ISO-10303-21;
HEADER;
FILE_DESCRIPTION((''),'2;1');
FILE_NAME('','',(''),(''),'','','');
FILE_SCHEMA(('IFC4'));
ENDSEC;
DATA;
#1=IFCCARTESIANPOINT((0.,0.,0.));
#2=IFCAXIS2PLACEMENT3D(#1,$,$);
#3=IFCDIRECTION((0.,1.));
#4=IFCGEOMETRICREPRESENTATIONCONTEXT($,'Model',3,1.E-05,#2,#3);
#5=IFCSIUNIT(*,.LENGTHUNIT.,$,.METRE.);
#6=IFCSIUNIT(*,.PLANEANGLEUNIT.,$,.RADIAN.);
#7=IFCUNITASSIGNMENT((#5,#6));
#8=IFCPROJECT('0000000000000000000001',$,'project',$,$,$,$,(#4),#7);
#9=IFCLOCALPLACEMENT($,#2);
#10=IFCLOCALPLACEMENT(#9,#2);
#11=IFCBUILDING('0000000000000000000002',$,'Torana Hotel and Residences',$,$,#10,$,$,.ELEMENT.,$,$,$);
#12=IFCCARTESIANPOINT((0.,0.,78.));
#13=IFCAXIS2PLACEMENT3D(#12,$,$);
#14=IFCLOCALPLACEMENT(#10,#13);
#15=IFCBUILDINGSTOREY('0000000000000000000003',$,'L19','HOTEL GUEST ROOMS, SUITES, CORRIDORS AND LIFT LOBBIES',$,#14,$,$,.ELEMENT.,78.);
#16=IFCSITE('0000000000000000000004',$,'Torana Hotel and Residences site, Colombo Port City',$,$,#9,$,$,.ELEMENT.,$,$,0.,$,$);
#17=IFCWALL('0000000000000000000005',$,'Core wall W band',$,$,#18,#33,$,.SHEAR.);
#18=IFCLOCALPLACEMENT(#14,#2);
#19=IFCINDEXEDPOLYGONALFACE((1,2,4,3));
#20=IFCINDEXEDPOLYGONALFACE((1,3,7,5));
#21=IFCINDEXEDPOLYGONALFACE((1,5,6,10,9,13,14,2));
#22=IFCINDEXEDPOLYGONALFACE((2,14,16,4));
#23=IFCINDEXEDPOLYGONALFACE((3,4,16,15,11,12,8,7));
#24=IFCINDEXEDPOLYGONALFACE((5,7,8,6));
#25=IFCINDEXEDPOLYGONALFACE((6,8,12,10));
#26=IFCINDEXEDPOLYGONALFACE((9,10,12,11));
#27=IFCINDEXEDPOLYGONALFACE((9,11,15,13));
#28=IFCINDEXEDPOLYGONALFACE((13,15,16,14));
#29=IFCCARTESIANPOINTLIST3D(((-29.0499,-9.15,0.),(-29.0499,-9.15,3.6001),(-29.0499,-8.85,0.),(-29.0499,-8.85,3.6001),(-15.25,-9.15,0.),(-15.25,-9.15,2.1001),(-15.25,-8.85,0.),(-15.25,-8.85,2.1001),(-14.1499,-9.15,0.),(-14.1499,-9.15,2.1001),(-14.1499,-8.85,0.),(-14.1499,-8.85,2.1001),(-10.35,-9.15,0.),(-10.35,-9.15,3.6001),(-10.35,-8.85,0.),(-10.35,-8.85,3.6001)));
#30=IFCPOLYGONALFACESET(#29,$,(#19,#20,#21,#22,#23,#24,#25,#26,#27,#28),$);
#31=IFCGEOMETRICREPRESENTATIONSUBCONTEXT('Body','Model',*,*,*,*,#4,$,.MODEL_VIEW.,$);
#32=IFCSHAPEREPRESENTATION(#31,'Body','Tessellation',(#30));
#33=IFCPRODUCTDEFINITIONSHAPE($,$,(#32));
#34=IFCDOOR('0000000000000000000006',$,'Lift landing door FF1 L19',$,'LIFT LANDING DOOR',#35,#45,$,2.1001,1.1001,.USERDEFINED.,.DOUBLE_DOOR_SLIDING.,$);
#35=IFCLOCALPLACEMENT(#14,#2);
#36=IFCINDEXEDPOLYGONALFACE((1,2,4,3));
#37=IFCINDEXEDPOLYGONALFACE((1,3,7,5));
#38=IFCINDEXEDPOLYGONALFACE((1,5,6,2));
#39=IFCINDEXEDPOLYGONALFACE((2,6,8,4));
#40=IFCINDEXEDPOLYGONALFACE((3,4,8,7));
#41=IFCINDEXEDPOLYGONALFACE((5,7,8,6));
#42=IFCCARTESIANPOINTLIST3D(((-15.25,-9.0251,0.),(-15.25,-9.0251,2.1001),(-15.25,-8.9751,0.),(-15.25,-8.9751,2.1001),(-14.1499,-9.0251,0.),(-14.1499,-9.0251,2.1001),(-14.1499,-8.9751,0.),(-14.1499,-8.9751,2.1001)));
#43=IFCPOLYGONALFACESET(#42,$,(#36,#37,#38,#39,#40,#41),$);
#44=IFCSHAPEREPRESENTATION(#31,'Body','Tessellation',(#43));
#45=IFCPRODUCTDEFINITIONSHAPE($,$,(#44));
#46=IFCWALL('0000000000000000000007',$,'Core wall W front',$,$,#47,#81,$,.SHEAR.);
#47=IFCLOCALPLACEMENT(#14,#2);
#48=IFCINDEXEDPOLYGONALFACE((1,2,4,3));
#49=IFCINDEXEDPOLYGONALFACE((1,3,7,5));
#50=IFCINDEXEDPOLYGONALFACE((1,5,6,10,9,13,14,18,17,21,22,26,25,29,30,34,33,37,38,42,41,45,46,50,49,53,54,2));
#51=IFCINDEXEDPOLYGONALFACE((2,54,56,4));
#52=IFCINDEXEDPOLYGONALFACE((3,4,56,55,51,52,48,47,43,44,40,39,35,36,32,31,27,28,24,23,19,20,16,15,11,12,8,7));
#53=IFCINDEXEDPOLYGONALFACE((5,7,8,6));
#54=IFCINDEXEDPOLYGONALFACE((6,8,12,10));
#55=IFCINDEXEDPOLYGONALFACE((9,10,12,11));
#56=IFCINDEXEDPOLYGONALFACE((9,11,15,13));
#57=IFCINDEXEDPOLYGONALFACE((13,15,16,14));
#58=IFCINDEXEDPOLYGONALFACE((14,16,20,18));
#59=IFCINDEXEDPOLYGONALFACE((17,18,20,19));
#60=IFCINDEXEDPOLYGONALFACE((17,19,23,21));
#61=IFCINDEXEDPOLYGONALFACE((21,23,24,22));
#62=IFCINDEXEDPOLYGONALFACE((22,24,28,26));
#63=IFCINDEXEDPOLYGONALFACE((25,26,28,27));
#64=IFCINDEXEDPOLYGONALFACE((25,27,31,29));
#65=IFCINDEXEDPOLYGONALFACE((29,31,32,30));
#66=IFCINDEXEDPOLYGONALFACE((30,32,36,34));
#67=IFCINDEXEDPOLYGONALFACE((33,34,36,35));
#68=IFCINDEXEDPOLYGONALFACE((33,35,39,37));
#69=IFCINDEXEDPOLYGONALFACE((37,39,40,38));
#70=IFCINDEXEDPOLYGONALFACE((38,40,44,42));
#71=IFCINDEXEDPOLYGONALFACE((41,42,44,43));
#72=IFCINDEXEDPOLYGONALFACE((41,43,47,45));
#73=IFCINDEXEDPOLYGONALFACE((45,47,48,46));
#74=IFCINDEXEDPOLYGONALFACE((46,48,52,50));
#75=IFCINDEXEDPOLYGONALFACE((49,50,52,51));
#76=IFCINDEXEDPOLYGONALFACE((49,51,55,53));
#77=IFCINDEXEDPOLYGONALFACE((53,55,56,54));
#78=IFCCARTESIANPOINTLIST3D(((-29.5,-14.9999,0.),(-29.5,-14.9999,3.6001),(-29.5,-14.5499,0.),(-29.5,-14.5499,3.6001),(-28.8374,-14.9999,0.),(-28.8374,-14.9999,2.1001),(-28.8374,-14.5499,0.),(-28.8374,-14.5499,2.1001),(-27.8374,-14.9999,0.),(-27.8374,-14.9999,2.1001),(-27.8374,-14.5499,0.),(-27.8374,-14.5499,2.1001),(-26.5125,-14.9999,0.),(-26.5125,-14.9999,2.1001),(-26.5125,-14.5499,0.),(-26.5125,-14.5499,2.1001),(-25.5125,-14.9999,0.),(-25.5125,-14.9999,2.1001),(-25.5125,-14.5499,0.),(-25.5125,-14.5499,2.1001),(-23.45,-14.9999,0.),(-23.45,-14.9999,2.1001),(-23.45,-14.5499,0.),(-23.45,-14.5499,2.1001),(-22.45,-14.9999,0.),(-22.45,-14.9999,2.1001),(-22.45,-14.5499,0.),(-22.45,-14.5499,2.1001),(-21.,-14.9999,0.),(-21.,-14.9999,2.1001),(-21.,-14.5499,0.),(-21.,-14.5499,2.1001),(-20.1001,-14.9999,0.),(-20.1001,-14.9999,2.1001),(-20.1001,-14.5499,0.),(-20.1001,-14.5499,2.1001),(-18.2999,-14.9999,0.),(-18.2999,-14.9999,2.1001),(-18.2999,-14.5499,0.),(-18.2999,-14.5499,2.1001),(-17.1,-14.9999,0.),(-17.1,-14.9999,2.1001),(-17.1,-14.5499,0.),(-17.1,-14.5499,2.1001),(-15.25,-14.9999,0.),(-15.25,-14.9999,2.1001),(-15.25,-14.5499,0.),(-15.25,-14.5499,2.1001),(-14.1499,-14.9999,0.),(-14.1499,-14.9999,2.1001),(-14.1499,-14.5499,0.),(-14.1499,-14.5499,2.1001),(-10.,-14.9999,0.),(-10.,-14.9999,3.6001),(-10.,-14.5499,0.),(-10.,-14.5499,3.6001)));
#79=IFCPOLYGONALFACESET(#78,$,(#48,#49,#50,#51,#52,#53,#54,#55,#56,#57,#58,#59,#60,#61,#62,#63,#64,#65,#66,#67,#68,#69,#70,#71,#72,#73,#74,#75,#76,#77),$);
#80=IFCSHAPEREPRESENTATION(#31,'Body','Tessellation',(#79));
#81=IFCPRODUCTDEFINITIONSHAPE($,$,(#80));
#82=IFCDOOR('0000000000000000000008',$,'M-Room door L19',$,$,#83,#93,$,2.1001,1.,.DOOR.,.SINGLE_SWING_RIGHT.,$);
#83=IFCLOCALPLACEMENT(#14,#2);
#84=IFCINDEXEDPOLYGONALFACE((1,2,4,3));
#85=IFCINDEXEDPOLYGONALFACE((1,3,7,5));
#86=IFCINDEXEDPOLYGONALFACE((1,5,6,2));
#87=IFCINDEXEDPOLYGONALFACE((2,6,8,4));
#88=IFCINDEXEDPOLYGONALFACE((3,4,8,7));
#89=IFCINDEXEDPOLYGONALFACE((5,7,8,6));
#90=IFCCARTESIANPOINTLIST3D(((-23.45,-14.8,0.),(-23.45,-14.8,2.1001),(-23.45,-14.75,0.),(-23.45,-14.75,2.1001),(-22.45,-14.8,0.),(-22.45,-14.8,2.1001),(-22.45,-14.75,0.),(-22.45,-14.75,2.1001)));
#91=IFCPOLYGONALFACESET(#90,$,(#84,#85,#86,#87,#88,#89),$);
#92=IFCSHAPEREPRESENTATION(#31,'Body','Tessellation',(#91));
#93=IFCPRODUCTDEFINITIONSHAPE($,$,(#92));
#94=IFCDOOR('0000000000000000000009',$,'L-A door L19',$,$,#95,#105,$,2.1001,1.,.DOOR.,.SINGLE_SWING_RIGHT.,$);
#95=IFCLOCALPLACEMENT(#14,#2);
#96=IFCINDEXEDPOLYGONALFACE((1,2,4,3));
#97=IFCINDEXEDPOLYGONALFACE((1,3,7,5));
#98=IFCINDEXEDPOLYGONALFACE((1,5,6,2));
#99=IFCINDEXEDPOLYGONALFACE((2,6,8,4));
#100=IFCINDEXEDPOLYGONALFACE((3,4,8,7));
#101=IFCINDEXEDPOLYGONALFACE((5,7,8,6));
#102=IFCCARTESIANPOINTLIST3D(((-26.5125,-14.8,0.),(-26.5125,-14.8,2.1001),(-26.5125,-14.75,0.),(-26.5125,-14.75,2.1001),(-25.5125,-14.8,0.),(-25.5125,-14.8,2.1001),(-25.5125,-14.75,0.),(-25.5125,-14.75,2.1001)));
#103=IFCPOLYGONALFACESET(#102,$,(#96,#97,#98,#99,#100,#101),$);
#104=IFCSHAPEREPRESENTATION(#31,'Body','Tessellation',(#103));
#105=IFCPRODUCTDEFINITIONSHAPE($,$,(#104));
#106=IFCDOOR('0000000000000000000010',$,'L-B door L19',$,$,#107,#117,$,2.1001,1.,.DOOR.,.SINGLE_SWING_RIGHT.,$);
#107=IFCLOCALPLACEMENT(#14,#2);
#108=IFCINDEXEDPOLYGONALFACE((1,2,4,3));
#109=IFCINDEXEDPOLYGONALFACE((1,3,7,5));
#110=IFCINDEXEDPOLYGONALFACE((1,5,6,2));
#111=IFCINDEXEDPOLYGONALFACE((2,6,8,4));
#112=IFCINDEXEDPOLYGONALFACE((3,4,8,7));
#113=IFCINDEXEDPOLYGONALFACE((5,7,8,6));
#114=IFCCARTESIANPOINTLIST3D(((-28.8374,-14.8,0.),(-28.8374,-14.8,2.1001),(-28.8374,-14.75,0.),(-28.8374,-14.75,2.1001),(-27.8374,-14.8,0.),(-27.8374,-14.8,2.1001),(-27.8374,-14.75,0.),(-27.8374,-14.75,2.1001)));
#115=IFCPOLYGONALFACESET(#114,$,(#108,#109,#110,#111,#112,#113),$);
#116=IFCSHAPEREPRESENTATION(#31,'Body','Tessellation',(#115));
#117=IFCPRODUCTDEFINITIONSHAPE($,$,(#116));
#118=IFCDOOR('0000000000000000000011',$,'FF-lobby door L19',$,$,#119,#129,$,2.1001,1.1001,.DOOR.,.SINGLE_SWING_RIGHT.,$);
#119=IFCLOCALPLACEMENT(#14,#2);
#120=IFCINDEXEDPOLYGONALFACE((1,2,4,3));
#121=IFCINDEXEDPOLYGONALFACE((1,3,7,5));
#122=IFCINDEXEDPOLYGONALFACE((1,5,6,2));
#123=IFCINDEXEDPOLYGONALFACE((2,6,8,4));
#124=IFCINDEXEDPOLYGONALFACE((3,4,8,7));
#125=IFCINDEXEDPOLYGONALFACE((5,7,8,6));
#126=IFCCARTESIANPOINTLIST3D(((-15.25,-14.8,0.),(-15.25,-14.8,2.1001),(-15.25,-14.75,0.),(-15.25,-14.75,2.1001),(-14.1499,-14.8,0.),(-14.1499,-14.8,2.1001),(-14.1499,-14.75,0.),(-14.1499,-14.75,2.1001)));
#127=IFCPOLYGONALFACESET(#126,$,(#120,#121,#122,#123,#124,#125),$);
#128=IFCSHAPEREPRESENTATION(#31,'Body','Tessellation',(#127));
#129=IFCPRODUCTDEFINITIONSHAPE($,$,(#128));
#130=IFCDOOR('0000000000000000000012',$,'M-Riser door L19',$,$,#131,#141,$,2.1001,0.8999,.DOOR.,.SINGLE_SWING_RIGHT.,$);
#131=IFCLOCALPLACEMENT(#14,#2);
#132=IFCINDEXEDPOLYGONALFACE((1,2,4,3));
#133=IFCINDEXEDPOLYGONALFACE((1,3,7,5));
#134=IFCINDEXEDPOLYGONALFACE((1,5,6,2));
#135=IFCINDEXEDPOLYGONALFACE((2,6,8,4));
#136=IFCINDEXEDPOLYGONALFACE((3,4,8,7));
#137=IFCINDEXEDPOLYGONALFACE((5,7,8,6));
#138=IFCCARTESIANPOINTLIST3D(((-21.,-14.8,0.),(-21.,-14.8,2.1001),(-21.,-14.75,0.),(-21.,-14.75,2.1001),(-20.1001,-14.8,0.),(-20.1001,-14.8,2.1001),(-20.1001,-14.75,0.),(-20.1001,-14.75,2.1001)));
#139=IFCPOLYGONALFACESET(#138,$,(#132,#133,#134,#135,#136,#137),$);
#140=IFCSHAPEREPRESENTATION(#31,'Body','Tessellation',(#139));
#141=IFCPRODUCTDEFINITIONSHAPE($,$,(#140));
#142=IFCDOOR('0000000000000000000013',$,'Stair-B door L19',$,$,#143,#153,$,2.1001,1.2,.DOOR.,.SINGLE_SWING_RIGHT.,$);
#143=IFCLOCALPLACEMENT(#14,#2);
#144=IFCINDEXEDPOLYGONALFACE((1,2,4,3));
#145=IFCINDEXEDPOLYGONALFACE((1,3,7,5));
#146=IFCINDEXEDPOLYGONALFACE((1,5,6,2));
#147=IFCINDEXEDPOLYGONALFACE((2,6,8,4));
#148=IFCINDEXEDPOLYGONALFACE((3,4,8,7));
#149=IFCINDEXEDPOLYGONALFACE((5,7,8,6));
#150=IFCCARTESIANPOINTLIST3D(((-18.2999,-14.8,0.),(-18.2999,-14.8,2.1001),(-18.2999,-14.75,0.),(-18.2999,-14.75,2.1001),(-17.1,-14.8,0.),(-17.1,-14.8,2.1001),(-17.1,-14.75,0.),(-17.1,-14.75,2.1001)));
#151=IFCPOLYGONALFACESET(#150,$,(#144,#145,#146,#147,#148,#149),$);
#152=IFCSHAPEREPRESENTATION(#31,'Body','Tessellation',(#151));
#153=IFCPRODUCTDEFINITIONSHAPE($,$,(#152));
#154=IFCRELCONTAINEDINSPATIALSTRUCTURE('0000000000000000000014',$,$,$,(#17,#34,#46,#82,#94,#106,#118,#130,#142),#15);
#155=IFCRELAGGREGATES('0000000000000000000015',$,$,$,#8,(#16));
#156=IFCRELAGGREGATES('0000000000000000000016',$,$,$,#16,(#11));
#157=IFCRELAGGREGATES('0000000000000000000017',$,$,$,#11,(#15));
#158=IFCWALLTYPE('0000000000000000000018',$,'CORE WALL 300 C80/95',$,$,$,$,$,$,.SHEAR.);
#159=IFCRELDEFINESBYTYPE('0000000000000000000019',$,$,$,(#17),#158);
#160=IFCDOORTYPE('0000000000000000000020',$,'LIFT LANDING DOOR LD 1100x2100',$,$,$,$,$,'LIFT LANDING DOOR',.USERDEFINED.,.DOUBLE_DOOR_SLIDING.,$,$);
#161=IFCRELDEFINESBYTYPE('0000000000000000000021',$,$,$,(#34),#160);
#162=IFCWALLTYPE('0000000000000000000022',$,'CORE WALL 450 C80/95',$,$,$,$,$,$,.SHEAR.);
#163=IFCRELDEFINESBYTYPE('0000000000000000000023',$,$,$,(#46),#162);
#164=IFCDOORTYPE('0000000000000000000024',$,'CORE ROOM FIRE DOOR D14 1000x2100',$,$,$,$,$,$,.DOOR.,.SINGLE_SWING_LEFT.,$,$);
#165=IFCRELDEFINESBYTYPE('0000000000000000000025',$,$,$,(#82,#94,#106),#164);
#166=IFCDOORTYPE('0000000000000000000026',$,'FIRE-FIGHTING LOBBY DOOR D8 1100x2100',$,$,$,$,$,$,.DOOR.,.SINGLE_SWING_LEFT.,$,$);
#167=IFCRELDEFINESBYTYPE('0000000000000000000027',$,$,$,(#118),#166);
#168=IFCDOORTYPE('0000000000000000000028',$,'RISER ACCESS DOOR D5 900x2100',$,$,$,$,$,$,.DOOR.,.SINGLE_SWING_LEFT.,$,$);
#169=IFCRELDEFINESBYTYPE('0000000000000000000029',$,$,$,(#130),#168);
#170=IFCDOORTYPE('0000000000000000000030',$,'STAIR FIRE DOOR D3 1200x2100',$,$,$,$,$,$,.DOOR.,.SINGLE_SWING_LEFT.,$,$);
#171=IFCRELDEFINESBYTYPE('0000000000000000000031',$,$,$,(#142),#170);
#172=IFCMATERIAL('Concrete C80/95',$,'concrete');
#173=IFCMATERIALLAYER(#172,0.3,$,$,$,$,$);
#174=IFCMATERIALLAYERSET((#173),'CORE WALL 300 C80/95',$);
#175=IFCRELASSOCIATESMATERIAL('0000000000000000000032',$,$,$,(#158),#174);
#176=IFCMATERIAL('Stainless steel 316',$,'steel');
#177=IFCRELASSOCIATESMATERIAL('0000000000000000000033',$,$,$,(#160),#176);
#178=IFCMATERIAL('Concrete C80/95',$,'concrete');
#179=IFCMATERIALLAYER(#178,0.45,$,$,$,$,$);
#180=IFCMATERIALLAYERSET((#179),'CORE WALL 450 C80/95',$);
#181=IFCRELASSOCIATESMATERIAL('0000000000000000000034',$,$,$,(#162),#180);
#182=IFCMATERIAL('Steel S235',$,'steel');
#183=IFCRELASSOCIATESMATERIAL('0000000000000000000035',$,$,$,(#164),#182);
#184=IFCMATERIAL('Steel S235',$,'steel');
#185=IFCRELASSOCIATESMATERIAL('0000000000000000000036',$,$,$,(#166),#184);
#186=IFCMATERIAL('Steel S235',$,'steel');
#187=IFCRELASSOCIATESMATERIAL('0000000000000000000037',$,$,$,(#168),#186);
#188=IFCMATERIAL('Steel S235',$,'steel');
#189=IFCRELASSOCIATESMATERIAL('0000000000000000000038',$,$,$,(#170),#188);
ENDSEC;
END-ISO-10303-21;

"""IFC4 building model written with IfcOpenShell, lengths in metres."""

from ifc_helpers import new_model, si_unit, direction, frame, frame_2d, origin, place, context, subcontext, project, spatial, rectangle, extrude, material, layer, layer_set, type_object, element, fill, save


model = new_model("IFC4")

# Units and contexts
model_context = context("Model", 3, precision=1e-05, world=origin(), true_north=direction((0.0, 1.0)))
body_context = subcontext(model_context, "Body", "Model", "MODEL_VIEW")
ifc_project = project(units=[si_unit("LENGTHUNIT", "METRE"), si_unit("PLANEANGLEUNIT", "RADIAN")], contexts=[model_context])

# Site, building, storey
site_placement = place(None, origin())
site = spatial("IfcSite", under=ifc_project, at=site_placement, Name="Torana Hotel and Residences site, Colombo Port City", CompositionType="ELEMENT", RefElevation=0.0)
building_placement = place(site_placement, origin())
building = spatial("IfcBuilding", under=site, at=building_placement, Name="Torana Hotel and Residences", CompositionType="ELEMENT")
storey_placement = place(building_placement, frame((0.0, 0.0, 78.0)))
storey = spatial("IfcBuildingStorey", under=building, at=storey_placement, Name="L19", Description="HOTEL GUEST ROOMS, SUITES, CORRIDORS AND LIFT LOBBIES", CompositionType="ELEMENT", Elevation=78.0)

# Wall, opening, door
ifc_material_1 = material(Name="Concrete C80/95", Category="concrete")
ifc_layer_1 = layer(ifc_material_1, 0.3)
ifc_layer_set_1 = layer_set([ifc_layer_1], Name="CORE WALL 300 C80/95")
wall_type_1 = type_object("IfcWallType", Name="CORE WALL 300 C80/95", PredefinedType="SHEAR", material=ifc_layer_set_1)
wall_1_placement = place(storey_placement, frame((-29.05, -9.0, 0.0), z_axis=(0.0, 0.0, 1.0), x_axis=(1.0, 0.0, 0.0)))
wall_1 = element("IfcWall", 1, at=wall_1_placement, inside=storey, type_object=wall_type_1, Name="Core wall W band", PredefinedType="SHEAR", context=body_context, shape_type="SweptSolid", body=[
    extrude(rectangle(XDim=18.7, YDim=0.3, at=frame_2d((9.3501, 0.0))), origin(), (0.0, 0.0, 1.0), 3.6001),
])
opening_1_placement = place(wall_1_placement, frame((13.8, 0.0, 0.0)))
opening_1 = element("IfcOpeningElement", 2, at=opening_1_placement, cuts=wall_1, PredefinedType="OPENING", context=body_context, shape_type="SweptSolid", body=[
    extrude(rectangle(XDim=1.1001, YDim=2.1001, at=frame_2d((0.55, 1.05))), frame((0.0, 0.1599, 0.0), z_axis=(0.0, -1.0, 0.0), x_axis=(1.0, 0.0, 0.0)), (0.0, 0.0, 1.0), 0.3201),
])
ifc_material_2 = material(Name="Stainless steel 316", Category="steel")
door_type_1 = type_object("IfcDoorType", Name="LIFT LANDING DOOR LD 1100x2100", ElementType="LIFT LANDING DOOR", OperationType="DOUBLE_DOOR_SLIDING", PredefinedType="USERDEFINED", material=ifc_material_2)
door_1_placement = place(opening_1_placement, origin())
door_1 = element("IfcDoor", 3, at=door_1_placement, inside=storey, type_object=door_type_1, Name="Lift landing door FF1 L19", ObjectType="LIFT LANDING DOOR", OperationType="DOUBLE_DOOR_SLIDING", OverallHeight=2.1001, OverallWidth=1.1001, PredefinedType="USERDEFINED", context=body_context, shape_type="SweptSolid", body=[
    extrude(rectangle(XDim=1.1001, YDim=2.1001, at=frame_2d((0.55, 1.05))), frame((0.0, 0.0249, 0.0), z_axis=(0.0, -1.0, 0.0), x_axis=(1.0, 0.0, 0.0)), (0.0, 0.0, 1.0), 0.05),
])
fill(opening_1, door_1)

# Wall, openings, doors
ifc_material_3 = material(Name="Concrete C80/95", Category="concrete")
ifc_layer_2 = layer(ifc_material_3, 0.45)
ifc_layer_set_2 = layer_set([ifc_layer_2], Name="CORE WALL 450 C80/95")
wall_type_2 = type_object("IfcWallType", Name="CORE WALL 450 C80/95", PredefinedType="SHEAR", material=ifc_layer_set_2)
wall_2_placement = place(storey_placement, frame((-29.5, -14.7749, 0.0), z_axis=(0.0, 0.0, 1.0), x_axis=(1.0, 0.0, 0.0)))
wall_2 = element("IfcWall", 4, at=wall_2_placement, inside=storey, type_object=wall_type_2, Name="Core wall W front", PredefinedType="SHEAR", context=body_context, shape_type="SweptSolid", body=[
    extrude(rectangle(XDim=19.5, YDim=0.45, at=frame_2d((9.75, 0.0))), origin(), (0.0, 0.0, 1.0), 3.6001),
])
opening_2_placement = place(wall_2_placement, frame((11.2, 0.0, 0.0)))
opening_2 = element("IfcOpeningElement", 5, at=opening_2_placement, cuts=wall_2, PredefinedType="OPENING", context=body_context, shape_type="SweptSolid", body=[
    extrude(rectangle(XDim=1.2, YDim=2.1001, at=frame_2d((0.6001, 1.05))), frame((0.0, 0.2349, 0.0), z_axis=(0.0, -1.0, 0.0), x_axis=(1.0, 0.0, 0.0)), (0.0, 0.0, 1.0), 0.47),
])
opening_3_placement = place(wall_2_placement, frame((14.25, 0.0, 0.0)))
opening_3 = element("IfcOpeningElement", 6, at=opening_3_placement, cuts=wall_2, PredefinedType="OPENING", context=body_context, shape_type="SweptSolid", body=[
    extrude(rectangle(XDim=1.1001, YDim=2.1001, at=frame_2d((0.55, 1.05))), frame((0.0, 0.2349, 0.0), z_axis=(0.0, -1.0, 0.0), x_axis=(1.0, 0.0, 0.0)), (0.0, 0.0, 1.0), 0.47),
])
opening_4_placement = place(wall_2_placement, frame((8.5, 0.0, 0.0)))
opening_4 = element("IfcOpeningElement", 7, at=opening_4_placement, cuts=wall_2, PredefinedType="OPENING", context=body_context, shape_type="SweptSolid", body=[
    extrude(rectangle(XDim=0.8999, YDim=2.1001, at=frame_2d((0.45, 1.05))), frame((0.0, 0.2349, 0.0), z_axis=(0.0, -1.0, 0.0), x_axis=(1.0, 0.0, 0.0)), (0.0, 0.0, 1.0), 0.47),
])
opening_5_placement = place(wall_2_placement, frame((6.05, 0.0, 0.0)))
opening_5 = element("IfcOpeningElement", 8, at=opening_5_placement, cuts=wall_2, PredefinedType="OPENING", context=body_context, shape_type="SweptSolid", body=[
    extrude(rectangle(XDim=1.0, YDim=2.1001, at=frame_2d((0.5, 1.05))), frame((0.0, 0.2349, 0.0), z_axis=(0.0, -1.0, 0.0), x_axis=(1.0, 0.0, 0.0)), (0.0, 0.0, 1.0), 0.47),
])
opening_6_placement = place(wall_2_placement, frame((2.9875, 0.0, 0.0)))
opening_6 = element("IfcOpeningElement", 9, at=opening_6_placement, cuts=wall_2, PredefinedType="OPENING", context=body_context, shape_type="SweptSolid", body=[
    extrude(rectangle(XDim=1.0, YDim=2.1001, at=frame_2d((0.5, 1.05))), frame((0.0, 0.2349, 0.0), z_axis=(0.0, -1.0, 0.0), x_axis=(1.0, 0.0, 0.0)), (0.0, 0.0, 1.0), 0.47),
])
opening_7_placement = place(wall_2_placement, frame((0.6626, 0.0, 0.0)))
opening_7 = element("IfcOpeningElement", 10, at=opening_7_placement, cuts=wall_2, PredefinedType="OPENING", context=body_context, shape_type="SweptSolid", body=[
    extrude(rectangle(XDim=1.0, YDim=2.1001, at=frame_2d((0.5, 1.05))), frame((0.0, 0.2349, 0.0), z_axis=(0.0, -1.0, 0.0), x_axis=(1.0, 0.0, 0.0)), (0.0, 0.0, 1.0), 0.47),
])
ifc_material_4 = material(Name="Steel S235", Category="steel")
door_type_2 = type_object("IfcDoorType", Name="CORE ROOM FIRE DOOR D14 1000x2100", OperationType="SINGLE_SWING_LEFT", PredefinedType="DOOR", material=ifc_material_4)
door_2_placement = place(opening_5_placement, origin())
door_2 = element("IfcDoor", 11, at=door_2_placement, inside=storey, type_object=door_type_2, Name="M-Room door L19", OperationType="SINGLE_SWING_RIGHT", OverallHeight=2.1001, OverallWidth=1.0, PredefinedType="DOOR", context=body_context, shape_type="SweptSolid", body=[
    extrude(rectangle(XDim=1.0, YDim=2.1001, at=frame_2d((0.5, 1.05))), frame((0.0, 0.0249, 0.0), z_axis=(0.0, -1.0, 0.0), x_axis=(1.0, 0.0, 0.0)), (0.0, 0.0, 1.0), 0.05),
])
fill(opening_5, door_2)
door_3_placement = place(opening_6_placement, origin())
door_3 = element("IfcDoor", 12, at=door_3_placement, inside=storey, type_object=door_type_2, Name="L-A door L19", OperationType="SINGLE_SWING_RIGHT", OverallHeight=2.1001, OverallWidth=1.0, PredefinedType="DOOR", context=body_context, shape_type="SweptSolid", body=[
    extrude(rectangle(XDim=1.0, YDim=2.1001, at=frame_2d((0.5, 1.05))), frame((0.0, 0.0249, 0.0), z_axis=(0.0, -1.0, 0.0), x_axis=(1.0, 0.0, 0.0)), (0.0, 0.0, 1.0), 0.05),
])
fill(opening_6, door_3)
door_4_placement = place(opening_7_placement, origin())
door_4 = element("IfcDoor", 13, at=door_4_placement, inside=storey, type_object=door_type_2, Name="L-B door L19", OperationType="SINGLE_SWING_RIGHT", OverallHeight=2.1001, OverallWidth=1.0, PredefinedType="DOOR", context=body_context, shape_type="SweptSolid", body=[
    extrude(rectangle(XDim=1.0, YDim=2.1001, at=frame_2d((0.5, 1.05))), frame((0.0, 0.0249, 0.0), z_axis=(0.0, -1.0, 0.0), x_axis=(1.0, 0.0, 0.0)), (0.0, 0.0, 1.0), 0.05),
])
fill(opening_7, door_4)
ifc_material_5 = material(Name="Steel S235", Category="steel")
door_type_3 = type_object("IfcDoorType", Name="FIRE-FIGHTING LOBBY DOOR D8 1100x2100", OperationType="SINGLE_SWING_LEFT", PredefinedType="DOOR", material=ifc_material_5)
door_5_placement = place(opening_3_placement, origin())
door_5 = element("IfcDoor", 14, at=door_5_placement, inside=storey, type_object=door_type_3, Name="FF-lobby door L19", OperationType="SINGLE_SWING_RIGHT", OverallHeight=2.1001, OverallWidth=1.1001, PredefinedType="DOOR", context=body_context, shape_type="SweptSolid", body=[
    extrude(rectangle(XDim=1.1001, YDim=2.1001, at=frame_2d((0.55, 1.05))), frame((0.0, 0.0249, 0.0), z_axis=(0.0, -1.0, 0.0), x_axis=(1.0, 0.0, 0.0)), (0.0, 0.0, 1.0), 0.05),
])
fill(opening_3, door_5)
ifc_material_6 = material(Name="Steel S235", Category="steel")
door_type_4 = type_object("IfcDoorType", Name="RISER ACCESS DOOR D5 900x2100", OperationType="SINGLE_SWING_LEFT", PredefinedType="DOOR", material=ifc_material_6)
door_6_placement = place(opening_4_placement, origin())
door_6 = element("IfcDoor", 15, at=door_6_placement, inside=storey, type_object=door_type_4, Name="M-Riser door L19", OperationType="SINGLE_SWING_RIGHT", OverallHeight=2.1001, OverallWidth=0.8999, PredefinedType="DOOR", context=body_context, shape_type="SweptSolid", body=[
    extrude(rectangle(XDim=0.8999, YDim=2.1001, at=frame_2d((0.45, 1.05))), frame((0.0, 0.0249, 0.0), z_axis=(0.0, -1.0, 0.0), x_axis=(1.0, 0.0, 0.0)), (0.0, 0.0, 1.0), 0.05),
])
fill(opening_4, door_6)
ifc_material_7 = material(Name="Steel S235", Category="steel")
door_type_5 = type_object("IfcDoorType", Name="STAIR FIRE DOOR D3 1200x2100", OperationType="SINGLE_SWING_LEFT", PredefinedType="DOOR", material=ifc_material_7)
door_7_placement = place(opening_2_placement, origin())
door_7 = element("IfcDoor", 16, at=door_7_placement, inside=storey, type_object=door_type_5, Name="Stair-B door L19", OperationType="SINGLE_SWING_RIGHT", OverallHeight=2.1001, OverallWidth=1.2, PredefinedType="DOOR", context=body_context, shape_type="SweptSolid", body=[
    extrude(rectangle(XDim=1.2, YDim=2.1001, at=frame_2d((0.6001, 1.05))), frame((0.0, 0.0249, 0.0), z_axis=(0.0, -1.0, 0.0), x_axis=(1.0, 0.0, 0.0)), (0.0, 0.0, 1.0), 0.05),
])
fill(opening_2, door_7)

save(model, "model.ifc")
